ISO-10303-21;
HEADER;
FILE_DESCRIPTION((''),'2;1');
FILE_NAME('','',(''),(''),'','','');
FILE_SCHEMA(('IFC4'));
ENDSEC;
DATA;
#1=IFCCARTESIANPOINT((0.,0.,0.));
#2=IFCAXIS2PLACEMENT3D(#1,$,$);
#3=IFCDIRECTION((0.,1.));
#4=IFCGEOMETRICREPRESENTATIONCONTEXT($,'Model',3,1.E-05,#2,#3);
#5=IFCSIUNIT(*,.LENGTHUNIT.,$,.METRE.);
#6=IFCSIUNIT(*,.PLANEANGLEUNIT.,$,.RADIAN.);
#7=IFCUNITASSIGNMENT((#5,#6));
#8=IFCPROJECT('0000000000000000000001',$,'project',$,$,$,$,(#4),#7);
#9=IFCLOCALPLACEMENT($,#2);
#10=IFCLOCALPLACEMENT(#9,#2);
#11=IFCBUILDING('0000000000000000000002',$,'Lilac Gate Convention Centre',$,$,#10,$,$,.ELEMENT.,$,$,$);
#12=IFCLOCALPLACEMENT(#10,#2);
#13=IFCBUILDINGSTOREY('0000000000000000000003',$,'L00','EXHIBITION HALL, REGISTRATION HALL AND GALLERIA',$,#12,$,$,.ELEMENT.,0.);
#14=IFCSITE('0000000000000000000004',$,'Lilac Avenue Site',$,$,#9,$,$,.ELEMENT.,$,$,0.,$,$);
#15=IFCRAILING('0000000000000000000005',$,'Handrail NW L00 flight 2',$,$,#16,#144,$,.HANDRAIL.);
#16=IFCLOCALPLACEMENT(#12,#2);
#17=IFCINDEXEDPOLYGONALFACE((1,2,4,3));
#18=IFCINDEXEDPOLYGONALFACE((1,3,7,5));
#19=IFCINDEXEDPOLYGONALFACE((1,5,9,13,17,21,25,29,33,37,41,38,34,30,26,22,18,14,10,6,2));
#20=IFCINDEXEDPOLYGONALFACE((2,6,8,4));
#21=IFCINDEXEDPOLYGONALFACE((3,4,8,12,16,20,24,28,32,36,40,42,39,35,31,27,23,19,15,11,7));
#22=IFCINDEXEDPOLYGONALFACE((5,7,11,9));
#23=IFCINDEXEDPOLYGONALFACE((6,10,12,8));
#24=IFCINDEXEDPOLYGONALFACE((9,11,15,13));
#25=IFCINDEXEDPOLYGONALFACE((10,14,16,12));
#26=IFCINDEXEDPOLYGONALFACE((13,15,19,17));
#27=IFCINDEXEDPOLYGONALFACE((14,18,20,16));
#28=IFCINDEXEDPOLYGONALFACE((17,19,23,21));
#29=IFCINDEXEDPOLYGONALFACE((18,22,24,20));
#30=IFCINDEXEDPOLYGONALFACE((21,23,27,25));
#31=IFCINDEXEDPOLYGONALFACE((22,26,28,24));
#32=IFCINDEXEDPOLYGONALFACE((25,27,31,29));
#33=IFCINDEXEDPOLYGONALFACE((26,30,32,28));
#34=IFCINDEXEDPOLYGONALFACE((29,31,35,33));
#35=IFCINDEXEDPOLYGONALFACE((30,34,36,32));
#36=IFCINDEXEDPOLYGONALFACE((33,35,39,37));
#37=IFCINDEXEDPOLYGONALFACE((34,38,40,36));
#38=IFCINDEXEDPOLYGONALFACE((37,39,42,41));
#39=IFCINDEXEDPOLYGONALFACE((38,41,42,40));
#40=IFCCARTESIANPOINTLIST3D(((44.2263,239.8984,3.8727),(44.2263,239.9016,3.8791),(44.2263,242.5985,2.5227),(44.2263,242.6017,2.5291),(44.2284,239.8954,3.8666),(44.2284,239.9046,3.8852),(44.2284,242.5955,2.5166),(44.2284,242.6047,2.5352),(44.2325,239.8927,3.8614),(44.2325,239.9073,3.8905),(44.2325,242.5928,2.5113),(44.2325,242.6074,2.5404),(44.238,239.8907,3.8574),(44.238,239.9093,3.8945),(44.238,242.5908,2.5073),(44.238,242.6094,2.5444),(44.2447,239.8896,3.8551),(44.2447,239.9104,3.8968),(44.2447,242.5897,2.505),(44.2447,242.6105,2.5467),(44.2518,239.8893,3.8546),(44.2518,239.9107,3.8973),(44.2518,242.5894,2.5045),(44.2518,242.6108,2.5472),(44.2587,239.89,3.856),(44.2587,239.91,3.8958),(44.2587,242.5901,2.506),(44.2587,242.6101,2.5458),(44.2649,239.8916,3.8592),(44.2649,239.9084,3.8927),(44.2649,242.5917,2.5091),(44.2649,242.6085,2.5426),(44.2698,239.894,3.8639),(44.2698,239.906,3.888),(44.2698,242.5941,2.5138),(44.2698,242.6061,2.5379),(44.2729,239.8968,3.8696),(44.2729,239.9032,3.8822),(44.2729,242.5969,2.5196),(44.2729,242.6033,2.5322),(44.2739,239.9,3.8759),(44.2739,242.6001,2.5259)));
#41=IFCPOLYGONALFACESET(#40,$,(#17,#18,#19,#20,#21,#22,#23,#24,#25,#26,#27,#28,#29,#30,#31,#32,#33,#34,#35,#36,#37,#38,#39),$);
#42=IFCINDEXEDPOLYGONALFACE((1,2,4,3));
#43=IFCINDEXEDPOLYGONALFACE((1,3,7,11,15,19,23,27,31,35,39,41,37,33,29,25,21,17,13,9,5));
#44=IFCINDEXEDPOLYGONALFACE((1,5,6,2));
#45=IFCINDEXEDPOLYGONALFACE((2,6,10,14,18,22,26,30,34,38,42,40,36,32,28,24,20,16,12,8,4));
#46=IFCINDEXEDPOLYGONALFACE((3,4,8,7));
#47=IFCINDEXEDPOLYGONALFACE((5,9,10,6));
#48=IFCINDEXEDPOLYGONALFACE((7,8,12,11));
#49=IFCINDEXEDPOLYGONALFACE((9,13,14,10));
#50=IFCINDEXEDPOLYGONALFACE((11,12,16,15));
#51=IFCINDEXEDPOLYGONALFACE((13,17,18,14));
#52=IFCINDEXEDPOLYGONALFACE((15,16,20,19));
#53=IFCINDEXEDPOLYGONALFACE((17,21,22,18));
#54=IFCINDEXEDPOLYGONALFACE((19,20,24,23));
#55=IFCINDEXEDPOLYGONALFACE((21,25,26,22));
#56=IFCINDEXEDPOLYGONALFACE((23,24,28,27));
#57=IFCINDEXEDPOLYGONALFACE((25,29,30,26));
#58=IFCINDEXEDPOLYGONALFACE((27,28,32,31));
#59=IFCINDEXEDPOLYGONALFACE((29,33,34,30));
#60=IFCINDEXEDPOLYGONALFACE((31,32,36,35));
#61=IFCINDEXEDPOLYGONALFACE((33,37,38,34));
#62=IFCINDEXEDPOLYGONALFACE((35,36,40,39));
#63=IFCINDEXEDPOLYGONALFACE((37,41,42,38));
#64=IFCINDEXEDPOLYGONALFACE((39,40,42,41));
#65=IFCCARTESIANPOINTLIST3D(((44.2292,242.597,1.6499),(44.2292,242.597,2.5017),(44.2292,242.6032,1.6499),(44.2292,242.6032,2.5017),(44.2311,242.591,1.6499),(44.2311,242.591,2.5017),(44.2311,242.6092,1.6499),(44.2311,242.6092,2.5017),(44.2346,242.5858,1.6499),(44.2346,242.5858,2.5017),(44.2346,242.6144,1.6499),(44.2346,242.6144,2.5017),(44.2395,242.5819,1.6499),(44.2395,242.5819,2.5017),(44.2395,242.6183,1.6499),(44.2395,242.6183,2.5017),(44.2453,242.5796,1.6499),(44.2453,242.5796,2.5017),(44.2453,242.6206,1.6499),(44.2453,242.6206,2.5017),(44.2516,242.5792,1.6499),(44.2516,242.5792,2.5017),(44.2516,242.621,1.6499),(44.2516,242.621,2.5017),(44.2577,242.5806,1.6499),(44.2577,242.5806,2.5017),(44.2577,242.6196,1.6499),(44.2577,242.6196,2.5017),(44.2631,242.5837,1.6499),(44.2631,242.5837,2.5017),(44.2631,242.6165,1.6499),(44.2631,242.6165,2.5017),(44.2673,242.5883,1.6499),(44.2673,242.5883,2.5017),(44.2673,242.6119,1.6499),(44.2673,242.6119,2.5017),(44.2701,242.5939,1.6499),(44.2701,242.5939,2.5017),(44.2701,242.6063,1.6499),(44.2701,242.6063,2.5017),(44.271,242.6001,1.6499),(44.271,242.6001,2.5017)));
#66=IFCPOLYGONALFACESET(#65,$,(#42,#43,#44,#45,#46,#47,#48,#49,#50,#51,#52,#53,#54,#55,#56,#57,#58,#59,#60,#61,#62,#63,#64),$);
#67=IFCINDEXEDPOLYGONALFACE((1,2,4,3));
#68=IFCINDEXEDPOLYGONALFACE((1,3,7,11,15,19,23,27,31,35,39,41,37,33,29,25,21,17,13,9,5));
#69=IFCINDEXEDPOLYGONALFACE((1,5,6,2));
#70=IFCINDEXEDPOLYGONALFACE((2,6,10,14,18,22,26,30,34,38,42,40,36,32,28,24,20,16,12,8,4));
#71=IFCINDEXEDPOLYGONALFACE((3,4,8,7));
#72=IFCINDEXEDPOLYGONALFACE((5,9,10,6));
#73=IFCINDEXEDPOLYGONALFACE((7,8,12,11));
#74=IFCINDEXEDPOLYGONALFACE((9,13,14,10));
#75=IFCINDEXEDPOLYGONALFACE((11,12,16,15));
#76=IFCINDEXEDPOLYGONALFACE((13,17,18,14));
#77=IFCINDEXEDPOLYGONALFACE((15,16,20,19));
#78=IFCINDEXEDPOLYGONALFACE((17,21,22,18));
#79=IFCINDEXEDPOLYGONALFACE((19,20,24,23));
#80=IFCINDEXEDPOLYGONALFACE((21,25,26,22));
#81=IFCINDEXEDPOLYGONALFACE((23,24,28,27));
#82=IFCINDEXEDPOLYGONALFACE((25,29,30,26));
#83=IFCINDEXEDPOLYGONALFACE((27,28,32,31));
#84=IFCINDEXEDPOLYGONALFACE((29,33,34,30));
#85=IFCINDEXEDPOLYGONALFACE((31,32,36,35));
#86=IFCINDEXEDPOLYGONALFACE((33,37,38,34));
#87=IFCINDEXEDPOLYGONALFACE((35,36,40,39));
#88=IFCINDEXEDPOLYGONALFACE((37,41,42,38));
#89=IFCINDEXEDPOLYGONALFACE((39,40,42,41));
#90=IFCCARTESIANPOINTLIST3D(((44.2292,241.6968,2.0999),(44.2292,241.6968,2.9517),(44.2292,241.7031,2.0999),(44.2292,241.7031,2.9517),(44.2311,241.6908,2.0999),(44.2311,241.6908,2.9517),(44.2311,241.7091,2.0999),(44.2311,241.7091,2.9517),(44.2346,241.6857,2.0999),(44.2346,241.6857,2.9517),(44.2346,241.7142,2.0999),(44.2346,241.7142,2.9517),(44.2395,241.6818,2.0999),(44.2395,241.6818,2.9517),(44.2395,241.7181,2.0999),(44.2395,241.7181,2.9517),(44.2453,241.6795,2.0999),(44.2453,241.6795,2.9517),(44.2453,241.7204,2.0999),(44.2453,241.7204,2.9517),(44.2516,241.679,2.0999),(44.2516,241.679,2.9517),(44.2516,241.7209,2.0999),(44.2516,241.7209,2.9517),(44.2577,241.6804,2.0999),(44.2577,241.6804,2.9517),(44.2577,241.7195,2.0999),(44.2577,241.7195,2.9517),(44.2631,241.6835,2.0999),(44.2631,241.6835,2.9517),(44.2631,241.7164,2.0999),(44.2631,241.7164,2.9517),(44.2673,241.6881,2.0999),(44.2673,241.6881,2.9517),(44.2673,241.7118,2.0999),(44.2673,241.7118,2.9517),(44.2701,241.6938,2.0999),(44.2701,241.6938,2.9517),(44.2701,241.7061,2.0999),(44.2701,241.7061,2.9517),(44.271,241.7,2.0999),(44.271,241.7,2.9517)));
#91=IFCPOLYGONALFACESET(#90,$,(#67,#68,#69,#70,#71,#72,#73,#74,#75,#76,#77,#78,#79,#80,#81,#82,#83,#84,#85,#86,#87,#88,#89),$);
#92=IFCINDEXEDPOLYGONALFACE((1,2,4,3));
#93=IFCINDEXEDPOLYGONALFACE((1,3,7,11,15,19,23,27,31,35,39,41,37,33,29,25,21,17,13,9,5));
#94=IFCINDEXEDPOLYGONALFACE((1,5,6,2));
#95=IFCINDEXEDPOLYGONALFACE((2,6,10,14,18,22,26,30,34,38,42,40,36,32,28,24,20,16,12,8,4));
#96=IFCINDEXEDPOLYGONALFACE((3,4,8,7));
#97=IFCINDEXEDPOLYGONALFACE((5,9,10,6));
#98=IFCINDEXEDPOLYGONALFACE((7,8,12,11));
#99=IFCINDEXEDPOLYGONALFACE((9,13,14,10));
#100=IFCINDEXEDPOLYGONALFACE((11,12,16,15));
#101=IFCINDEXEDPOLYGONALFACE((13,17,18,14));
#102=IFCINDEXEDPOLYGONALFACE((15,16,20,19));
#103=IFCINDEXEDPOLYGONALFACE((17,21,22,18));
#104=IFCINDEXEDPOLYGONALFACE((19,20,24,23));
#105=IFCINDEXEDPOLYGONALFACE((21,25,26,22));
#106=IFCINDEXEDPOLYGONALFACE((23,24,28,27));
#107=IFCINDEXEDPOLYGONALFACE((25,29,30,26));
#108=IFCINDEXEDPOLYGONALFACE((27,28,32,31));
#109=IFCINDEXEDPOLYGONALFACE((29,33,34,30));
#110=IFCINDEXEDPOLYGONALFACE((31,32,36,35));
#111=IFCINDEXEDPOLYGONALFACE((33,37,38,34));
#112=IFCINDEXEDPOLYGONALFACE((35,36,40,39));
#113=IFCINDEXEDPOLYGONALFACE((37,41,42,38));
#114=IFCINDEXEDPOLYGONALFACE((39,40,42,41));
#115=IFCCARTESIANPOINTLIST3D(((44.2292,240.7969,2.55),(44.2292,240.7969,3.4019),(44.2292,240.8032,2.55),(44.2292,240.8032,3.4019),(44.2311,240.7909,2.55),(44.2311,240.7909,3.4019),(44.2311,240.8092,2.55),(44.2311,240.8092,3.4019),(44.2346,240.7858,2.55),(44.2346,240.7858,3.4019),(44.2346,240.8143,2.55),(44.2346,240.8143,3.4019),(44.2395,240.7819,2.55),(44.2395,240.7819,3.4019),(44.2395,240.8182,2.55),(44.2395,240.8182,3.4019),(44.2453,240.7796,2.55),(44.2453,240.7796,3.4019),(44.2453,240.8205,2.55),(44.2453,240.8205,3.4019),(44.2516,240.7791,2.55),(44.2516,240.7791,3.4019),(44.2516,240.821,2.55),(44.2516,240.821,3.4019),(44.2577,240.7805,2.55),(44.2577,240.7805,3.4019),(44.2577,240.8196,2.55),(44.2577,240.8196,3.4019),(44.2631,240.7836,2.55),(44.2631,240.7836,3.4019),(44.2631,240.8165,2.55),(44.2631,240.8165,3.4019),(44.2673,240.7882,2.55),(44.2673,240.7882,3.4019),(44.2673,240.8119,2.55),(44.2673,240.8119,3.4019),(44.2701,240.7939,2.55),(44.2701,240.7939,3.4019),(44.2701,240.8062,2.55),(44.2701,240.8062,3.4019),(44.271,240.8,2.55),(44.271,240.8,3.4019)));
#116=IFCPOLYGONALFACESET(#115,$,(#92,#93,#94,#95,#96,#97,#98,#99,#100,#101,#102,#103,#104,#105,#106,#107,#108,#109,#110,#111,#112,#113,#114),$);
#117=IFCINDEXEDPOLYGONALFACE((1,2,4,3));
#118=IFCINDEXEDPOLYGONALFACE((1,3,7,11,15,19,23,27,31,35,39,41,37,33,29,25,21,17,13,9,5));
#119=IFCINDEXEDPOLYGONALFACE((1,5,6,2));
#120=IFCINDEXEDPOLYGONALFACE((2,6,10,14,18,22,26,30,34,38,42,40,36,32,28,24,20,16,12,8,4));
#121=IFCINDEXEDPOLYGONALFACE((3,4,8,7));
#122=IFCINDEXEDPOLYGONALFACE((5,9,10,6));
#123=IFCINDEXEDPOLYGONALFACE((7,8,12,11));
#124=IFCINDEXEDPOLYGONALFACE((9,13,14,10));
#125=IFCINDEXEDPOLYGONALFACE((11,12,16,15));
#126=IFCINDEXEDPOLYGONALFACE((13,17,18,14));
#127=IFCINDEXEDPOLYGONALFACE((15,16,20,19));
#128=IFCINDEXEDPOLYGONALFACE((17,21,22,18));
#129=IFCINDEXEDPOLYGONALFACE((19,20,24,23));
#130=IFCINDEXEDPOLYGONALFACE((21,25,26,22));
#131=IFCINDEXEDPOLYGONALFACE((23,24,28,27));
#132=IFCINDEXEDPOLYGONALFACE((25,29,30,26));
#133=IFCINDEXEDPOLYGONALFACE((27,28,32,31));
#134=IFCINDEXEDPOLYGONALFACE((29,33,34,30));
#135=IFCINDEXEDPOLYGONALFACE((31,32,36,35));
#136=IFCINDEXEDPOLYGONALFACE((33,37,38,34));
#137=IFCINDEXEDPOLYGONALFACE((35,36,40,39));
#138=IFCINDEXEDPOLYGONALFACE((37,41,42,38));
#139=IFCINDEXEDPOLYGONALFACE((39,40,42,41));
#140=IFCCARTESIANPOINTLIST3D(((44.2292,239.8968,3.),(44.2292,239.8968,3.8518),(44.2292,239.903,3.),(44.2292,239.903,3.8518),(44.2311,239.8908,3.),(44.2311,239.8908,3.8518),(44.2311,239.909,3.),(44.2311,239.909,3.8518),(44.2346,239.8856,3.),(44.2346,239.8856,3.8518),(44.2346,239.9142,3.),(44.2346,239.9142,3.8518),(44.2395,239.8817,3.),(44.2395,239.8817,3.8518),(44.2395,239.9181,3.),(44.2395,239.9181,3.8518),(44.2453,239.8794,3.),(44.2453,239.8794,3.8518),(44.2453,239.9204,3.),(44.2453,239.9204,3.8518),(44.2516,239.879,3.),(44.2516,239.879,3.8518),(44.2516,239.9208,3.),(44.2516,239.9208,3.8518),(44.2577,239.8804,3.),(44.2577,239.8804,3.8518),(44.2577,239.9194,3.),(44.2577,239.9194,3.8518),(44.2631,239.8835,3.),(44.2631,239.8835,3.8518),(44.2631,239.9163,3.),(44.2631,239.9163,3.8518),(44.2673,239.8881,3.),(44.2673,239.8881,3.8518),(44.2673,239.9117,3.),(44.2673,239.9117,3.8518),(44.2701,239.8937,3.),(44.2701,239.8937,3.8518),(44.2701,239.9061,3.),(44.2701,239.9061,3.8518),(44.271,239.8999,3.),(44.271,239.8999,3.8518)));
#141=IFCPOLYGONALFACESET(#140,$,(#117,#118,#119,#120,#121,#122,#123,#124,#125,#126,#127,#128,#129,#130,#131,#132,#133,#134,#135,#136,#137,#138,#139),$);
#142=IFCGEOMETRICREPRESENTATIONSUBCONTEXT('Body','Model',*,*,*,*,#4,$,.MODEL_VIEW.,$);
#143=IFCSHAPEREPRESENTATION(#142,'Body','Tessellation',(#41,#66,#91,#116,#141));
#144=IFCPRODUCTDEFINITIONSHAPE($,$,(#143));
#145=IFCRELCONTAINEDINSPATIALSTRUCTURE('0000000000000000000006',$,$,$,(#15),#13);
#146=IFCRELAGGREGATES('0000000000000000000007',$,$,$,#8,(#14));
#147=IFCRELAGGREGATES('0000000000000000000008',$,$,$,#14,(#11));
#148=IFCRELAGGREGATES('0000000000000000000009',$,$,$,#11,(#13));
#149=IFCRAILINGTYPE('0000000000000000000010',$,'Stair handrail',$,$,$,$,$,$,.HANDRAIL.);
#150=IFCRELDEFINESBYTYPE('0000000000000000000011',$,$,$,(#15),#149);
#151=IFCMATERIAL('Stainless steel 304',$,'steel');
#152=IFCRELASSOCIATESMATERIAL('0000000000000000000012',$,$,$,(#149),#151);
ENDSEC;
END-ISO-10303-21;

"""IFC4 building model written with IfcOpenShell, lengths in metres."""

from ifc_helpers import new_model, si_unit, direction, frame, origin, origin_2d, place, context, subcontext, project, spatial, circle, extrude, material, type_object, element, save


model = new_model("IFC4")

# Units and contexts
model_context = context("Model", 3, precision=1e-05, world=origin(), true_north=direction((0.0, 1.0)))
body_context = subcontext(model_context, "Body", "Model", "MODEL_VIEW")
ifc_project = project(units=[si_unit("LENGTHUNIT", "METRE"), si_unit("PLANEANGLEUNIT", "RADIAN")], contexts=[model_context])

# Site, building, storey
site_placement = place(None, origin())
site = spatial("IfcSite", under=ifc_project, at=site_placement, Name="Lilac Avenue Site", CompositionType="ELEMENT", RefElevation=0.0)
building_placement = place(site_placement, origin())
building = spatial("IfcBuilding", under=site, at=building_placement, Name="Lilac Gate Convention Centre", CompositionType="ELEMENT")
storey_placement = place(building_placement, origin())
storey = spatial("IfcBuildingStorey", under=building, at=storey_placement, Name="L00", Description="EXHIBITION HALL, REGISTRATION HALL AND GALLERIA", CompositionType="ELEMENT", Elevation=0.0)

# Railing
ifc_material_1 = material(Name="Stainless steel 304", Category="steel")
railing_type = type_object("IfcRailingType", Name="Stair handrail", PredefinedType="HANDRAIL", material=ifc_material_1)
railing_1_placement = place(storey_placement, frame((44.25, 242.6001, 1.6499)))
element("IfcRailing", 1, at=railing_1_placement, inside=storey, type_object=railing_type, Name="Handrail NW L00 flight 2", PredefinedType="HANDRAIL", context=body_context, shape_type="SweptSolid", body=[
    extrude(circle(Radius=0.0239, at=origin_2d()), frame((0.0, 0.0, 0.876), z_axis=(0.0, -0.894427, 0.447214), x_axis=(1.0, 0.0, 0.0)), (0.0, 0.0, 1.0), 3.0188),
    extrude(circle(Radius=0.021, at=origin_2d()), origin(), (0.0, 0.0, 1.0), 0.8518),
    extrude(circle(Radius=0.021, at=origin_2d()), frame((0.0, -0.9001, 0.45)), (0.0, 0.0, 1.0), 0.8518),
    extrude(circle(Radius=0.021, at=origin_2d()), frame((0.0, -1.8, 0.9001)), (0.0, 0.0, 1.0), 0.8518),
    extrude(circle(Radius=0.021, at=origin_2d()), frame((0.0, -2.7002, 1.3501)), (0.0, 0.0, 1.0), 0.8518),
])

save(model, "model.ifc")
